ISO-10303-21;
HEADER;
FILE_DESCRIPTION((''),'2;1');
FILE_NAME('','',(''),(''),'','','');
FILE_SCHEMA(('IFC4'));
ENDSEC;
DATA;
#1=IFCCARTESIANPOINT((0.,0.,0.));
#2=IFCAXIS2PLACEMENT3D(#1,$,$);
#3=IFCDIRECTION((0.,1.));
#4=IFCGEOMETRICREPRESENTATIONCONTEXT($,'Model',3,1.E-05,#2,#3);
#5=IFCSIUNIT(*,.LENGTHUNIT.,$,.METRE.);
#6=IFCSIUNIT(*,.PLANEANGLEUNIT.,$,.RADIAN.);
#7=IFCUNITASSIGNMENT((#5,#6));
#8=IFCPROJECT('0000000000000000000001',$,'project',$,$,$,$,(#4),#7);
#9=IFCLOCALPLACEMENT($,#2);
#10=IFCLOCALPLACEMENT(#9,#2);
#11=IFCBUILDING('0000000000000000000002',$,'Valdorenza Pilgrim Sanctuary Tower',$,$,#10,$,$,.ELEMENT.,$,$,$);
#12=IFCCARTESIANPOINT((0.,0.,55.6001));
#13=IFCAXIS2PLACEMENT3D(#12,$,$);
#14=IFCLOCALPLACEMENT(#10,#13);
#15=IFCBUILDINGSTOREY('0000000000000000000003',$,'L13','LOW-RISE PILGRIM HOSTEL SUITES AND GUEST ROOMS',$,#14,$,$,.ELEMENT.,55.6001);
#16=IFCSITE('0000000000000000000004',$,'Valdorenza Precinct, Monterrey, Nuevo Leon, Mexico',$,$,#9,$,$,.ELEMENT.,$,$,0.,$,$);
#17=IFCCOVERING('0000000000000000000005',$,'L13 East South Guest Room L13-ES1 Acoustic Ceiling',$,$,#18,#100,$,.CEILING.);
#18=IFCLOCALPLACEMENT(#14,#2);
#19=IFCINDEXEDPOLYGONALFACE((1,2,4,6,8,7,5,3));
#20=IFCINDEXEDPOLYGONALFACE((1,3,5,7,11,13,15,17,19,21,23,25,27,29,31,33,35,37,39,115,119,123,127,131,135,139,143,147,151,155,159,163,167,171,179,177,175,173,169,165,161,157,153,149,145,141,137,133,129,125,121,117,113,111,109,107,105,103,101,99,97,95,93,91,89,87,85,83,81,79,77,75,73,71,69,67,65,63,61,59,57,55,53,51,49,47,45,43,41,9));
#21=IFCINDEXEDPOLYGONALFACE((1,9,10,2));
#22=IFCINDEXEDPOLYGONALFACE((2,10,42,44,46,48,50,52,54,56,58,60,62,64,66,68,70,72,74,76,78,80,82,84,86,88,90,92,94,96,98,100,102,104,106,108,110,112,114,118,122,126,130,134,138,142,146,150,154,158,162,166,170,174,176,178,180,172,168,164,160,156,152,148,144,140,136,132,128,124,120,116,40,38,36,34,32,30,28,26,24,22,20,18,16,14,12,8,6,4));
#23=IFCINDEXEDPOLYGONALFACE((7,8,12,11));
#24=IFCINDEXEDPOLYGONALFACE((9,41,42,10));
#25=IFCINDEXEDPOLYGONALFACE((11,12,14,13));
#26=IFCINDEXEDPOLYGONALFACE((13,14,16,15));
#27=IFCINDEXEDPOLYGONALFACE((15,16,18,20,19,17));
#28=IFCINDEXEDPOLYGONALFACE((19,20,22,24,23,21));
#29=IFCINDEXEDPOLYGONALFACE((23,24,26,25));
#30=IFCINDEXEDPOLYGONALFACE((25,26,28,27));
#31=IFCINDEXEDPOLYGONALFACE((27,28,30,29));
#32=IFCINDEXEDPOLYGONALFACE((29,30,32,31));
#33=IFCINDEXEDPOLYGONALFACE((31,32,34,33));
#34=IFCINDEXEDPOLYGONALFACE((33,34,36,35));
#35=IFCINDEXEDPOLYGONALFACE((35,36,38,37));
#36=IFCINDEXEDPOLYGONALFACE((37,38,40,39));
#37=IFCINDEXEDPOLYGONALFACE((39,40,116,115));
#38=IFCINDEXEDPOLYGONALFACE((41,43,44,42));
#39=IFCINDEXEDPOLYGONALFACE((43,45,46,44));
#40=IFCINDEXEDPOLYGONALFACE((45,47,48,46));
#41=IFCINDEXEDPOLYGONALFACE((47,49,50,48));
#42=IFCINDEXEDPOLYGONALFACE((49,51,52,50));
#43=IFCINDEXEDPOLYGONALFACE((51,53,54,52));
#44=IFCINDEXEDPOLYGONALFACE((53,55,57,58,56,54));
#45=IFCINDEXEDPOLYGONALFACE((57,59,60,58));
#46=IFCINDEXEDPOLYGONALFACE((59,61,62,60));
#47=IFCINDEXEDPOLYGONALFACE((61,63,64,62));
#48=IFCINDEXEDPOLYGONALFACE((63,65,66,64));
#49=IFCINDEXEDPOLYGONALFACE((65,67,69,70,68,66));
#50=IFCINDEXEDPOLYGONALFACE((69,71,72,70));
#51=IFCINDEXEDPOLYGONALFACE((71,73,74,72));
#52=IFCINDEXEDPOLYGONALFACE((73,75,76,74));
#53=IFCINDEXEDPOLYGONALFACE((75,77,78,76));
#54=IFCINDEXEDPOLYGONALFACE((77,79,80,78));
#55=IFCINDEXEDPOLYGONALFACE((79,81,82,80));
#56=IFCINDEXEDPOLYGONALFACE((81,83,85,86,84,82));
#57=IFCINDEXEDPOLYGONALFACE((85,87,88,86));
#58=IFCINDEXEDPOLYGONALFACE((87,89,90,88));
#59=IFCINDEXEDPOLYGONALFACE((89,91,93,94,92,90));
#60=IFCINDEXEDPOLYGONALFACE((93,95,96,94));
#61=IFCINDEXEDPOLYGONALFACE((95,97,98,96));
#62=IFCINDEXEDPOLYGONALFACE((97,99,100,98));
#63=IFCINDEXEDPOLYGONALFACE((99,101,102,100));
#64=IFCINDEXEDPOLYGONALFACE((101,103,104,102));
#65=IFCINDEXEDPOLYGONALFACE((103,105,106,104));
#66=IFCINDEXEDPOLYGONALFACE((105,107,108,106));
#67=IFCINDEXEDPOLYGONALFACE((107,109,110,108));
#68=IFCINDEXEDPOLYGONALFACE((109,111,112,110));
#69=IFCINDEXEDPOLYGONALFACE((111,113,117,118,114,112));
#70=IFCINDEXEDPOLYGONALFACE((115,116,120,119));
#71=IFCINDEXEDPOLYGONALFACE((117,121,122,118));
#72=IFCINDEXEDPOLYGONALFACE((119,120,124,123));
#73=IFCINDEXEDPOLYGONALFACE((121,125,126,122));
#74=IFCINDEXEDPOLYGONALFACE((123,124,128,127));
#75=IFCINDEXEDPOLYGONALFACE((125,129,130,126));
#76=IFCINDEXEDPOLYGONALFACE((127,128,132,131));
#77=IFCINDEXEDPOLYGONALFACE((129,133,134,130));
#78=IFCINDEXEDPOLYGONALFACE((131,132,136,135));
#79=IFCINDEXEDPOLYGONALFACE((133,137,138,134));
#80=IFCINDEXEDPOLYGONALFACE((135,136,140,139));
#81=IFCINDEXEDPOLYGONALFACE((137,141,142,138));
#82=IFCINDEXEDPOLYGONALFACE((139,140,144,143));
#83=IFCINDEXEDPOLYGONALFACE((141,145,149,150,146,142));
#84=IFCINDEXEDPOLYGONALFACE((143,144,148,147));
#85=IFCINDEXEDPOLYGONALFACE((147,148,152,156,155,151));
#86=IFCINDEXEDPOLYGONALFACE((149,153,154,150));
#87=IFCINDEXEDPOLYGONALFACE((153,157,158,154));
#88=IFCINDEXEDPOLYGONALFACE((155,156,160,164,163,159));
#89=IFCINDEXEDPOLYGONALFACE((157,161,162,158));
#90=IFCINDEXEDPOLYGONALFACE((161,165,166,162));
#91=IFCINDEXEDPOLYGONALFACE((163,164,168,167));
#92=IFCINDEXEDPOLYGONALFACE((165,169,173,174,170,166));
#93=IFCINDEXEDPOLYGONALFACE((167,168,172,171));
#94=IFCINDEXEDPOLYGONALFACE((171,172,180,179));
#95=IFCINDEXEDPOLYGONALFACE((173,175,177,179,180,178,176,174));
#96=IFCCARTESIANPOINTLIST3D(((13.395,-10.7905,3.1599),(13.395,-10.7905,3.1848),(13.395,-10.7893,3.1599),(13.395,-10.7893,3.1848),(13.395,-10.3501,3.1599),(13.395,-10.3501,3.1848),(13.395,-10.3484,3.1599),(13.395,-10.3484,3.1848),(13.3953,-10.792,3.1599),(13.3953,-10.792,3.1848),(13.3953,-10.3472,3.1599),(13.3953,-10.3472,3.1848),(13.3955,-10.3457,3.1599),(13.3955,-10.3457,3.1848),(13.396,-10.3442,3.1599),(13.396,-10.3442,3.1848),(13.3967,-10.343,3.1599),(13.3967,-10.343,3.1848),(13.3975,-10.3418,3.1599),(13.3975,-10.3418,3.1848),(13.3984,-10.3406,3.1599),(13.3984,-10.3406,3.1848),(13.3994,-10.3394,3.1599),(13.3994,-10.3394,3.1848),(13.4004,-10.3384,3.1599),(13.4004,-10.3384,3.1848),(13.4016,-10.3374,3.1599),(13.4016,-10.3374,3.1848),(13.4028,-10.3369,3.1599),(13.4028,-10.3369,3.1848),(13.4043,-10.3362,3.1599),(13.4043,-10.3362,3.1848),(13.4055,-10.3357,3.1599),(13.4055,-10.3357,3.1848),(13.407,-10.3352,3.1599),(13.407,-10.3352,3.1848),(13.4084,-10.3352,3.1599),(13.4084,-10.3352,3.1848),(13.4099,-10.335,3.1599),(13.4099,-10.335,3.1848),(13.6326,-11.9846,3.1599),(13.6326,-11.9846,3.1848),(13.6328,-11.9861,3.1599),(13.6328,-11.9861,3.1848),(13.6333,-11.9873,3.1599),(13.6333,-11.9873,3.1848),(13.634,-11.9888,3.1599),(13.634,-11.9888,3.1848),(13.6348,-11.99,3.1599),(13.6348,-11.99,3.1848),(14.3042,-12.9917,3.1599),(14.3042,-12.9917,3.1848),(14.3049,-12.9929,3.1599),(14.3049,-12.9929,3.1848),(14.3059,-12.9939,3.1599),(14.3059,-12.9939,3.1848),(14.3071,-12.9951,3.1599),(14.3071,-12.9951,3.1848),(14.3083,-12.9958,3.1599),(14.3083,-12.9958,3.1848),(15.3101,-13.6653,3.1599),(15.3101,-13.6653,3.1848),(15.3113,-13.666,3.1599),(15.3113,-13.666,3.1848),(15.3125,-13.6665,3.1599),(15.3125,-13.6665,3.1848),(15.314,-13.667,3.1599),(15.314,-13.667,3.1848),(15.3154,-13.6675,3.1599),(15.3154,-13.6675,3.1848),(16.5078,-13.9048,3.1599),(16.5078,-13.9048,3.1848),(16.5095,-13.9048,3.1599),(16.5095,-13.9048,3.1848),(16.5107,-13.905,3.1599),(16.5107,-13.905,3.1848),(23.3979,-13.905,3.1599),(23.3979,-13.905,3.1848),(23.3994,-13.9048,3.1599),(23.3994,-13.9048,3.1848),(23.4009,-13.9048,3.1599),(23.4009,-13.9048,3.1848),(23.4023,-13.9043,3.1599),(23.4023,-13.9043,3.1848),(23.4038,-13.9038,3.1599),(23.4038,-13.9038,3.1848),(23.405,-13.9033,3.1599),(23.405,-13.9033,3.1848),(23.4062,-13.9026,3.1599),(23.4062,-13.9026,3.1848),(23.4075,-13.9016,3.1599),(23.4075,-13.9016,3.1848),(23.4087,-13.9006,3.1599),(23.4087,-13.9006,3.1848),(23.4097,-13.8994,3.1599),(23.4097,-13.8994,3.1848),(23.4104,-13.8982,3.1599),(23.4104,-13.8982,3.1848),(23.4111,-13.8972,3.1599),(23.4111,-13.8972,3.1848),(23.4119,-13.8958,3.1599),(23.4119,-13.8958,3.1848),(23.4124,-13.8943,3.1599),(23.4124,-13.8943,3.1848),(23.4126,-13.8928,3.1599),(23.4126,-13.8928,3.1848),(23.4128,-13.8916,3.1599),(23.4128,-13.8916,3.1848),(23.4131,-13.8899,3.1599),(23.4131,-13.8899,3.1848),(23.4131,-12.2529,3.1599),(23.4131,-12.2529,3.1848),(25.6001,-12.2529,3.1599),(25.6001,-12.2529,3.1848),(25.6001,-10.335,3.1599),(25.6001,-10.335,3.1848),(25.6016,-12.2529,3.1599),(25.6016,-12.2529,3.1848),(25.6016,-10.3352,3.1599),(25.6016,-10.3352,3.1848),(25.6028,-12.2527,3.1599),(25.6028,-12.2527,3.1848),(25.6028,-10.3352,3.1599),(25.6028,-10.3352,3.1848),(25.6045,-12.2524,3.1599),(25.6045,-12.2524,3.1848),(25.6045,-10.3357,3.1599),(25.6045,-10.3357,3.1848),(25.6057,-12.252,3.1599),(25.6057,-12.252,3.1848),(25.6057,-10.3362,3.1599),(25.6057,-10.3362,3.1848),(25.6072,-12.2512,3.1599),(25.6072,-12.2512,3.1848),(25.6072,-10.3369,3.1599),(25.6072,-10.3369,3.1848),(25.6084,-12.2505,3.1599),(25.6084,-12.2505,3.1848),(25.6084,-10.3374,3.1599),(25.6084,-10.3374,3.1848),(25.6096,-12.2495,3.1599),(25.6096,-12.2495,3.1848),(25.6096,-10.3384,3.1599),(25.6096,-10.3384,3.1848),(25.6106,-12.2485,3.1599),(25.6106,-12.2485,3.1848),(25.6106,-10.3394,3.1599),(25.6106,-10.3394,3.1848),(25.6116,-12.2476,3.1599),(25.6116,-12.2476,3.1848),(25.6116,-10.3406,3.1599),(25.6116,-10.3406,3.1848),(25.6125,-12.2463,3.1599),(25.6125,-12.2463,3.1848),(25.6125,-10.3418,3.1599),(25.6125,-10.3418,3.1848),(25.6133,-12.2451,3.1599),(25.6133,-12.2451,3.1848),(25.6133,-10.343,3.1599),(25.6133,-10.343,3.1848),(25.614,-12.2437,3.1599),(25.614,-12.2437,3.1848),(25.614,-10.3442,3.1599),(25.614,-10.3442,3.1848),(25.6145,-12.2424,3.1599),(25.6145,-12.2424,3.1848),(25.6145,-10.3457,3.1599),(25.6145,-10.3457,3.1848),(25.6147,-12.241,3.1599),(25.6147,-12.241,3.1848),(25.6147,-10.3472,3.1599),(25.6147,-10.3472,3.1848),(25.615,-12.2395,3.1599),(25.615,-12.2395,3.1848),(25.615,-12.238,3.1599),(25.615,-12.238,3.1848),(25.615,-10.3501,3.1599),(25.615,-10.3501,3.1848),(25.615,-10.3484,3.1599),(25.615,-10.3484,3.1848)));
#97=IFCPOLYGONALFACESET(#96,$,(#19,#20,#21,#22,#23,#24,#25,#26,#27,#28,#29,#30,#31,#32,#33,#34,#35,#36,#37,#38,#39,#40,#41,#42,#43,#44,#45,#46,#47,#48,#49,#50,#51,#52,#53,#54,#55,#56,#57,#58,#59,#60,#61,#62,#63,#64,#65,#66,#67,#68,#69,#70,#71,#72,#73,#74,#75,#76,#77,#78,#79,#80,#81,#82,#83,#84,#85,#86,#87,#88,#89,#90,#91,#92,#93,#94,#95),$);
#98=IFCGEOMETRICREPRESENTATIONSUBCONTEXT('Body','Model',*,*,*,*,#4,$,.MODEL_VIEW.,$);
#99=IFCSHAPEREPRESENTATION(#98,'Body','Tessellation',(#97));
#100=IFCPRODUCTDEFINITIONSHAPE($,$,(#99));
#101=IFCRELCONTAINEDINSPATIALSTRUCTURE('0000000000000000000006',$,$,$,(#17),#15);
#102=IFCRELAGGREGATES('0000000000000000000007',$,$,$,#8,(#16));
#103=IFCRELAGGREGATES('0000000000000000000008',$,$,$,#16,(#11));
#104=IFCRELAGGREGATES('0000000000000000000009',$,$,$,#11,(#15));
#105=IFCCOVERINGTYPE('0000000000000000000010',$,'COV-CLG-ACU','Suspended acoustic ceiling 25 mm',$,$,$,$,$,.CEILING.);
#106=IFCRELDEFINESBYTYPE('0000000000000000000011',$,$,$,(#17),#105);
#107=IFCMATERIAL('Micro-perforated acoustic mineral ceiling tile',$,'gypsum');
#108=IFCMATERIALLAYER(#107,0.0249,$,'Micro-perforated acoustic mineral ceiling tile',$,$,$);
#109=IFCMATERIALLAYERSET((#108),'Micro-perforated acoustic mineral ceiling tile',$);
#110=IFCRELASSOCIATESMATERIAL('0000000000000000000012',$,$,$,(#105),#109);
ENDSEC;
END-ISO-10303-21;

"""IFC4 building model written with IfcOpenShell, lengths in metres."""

from ifc_helpers import new_model, si_unit, direction, frame, origin, place, context, subcontext, project, spatial, polyline, outline, extrude, material, layer, layer_set, type_object, element, save


model = new_model("IFC4")

# Units and contexts
model_context = context("Model", 3, precision=1e-05, world=origin(), true_north=direction((0.0, 1.0)))
body_context = subcontext(model_context, "Body", "Model", "MODEL_VIEW")
ifc_project = project(units=[si_unit("LENGTHUNIT", "METRE"), si_unit("PLANEANGLEUNIT", "RADIAN")], contexts=[model_context])

# Site, building, storey
site_placement = place(None, origin())
site = spatial("IfcSite", under=ifc_project, at=site_placement, Name="Valdorenza Precinct, Monterrey, Nuevo Leon, Mexico", CompositionType="ELEMENT", RefElevation=0.0)
building_placement = place(site_placement, origin())
building = spatial("IfcBuilding", under=site, at=building_placement, Name="Valdorenza Pilgrim Sanctuary Tower", CompositionType="ELEMENT")
storey_placement = place(building_placement, frame((0.0, 0.0, 55.6001)))
storey = spatial("IfcBuildingStorey", under=building, at=storey_placement, Name="L13", Description="LOW-RISE PILGRIM HOSTEL SUITES AND GUEST ROOMS", CompositionType="ELEMENT", Elevation=55.6001)

# Covering
ifc_material_1 = material(Name="Micro-perforated acoustic mineral ceiling tile", Category="gypsum")
ifc_layer_1 = layer(ifc_material_1, 0.0249, Name="Micro-perforated acoustic mineral ceiling tile")
ifc_layer_set_1 = layer_set([ifc_layer_1], Name="Micro-perforated acoustic mineral ceiling tile")
covering_type_1 = type_object("IfcCoveringType", Name="COV-CLG-ACU", Description="Suspended acoustic ceiling 25 mm", PredefinedType="CEILING", material=ifc_layer_set_1)
covering_1_placement = place(storey_placement, frame((0.0, 0.0, 3.1599)))
element("IfcCovering", 1, at=covering_1_placement, inside=storey, type_object=covering_type_1, Name="L13 East South Guest Room L13-ES1 Acoustic Ceiling", PredefinedType="CEILING", context=body_context, shape_type="SweptSolid", body=[
    extrude(outline(polyline([(23.4131, -12.2529), (23.4131, -13.8899), (23.4128, -13.8916), (23.4126, -13.8928), (23.4124, -13.8943), (23.4119, -13.8958), (23.4111, -13.8972), (23.4104, -13.8982), (23.4097, -13.8994), (23.4087, -13.9006), (23.4075, -13.9016), (23.4062, -13.9026), (23.405, -13.9033), (23.4038, -13.9038), (23.4023, -13.9043), (23.4009, -13.9048), (23.3994, -13.9048), (23.3979, -13.905), (16.5107, -13.905), (16.5095, -13.9048), (16.5078, -13.9048), (15.3154, -13.6675), (15.314, -13.667), (15.3125, -13.6665), (15.3113, -13.666), (15.3101, -13.6653), (14.3083, -12.9958), (14.3071, -12.9951), (14.3059, -12.9939), (14.3049, -12.9929), (14.3042, -12.9917), (13.6348, -11.99), (13.634, -11.9888), (13.6333, -11.9873), (13.6328, -11.9861), (13.6326, -11.9846), (13.3953, -10.792), (13.395, -10.7905), (13.395, -10.7893), (13.395, -10.3501), (13.395, -10.3484), (13.3953, -10.3472), (13.3955, -10.3457), (13.396, -10.3442), (13.3967, -10.343), (13.3975, -10.3418), (13.3984, -10.3406), (13.3994, -10.3394), (13.4004, -10.3384), (13.4016, -10.3374), (13.4028, -10.3369), (13.4043, -10.3362), (13.4055, -10.3357), (13.407, -10.3352), (13.4084, -10.3352), (13.4099, -10.335), (25.6001, -10.335), (25.6016, -10.3352), (25.6028, -10.3352), (25.6045, -10.3357), (25.6057, -10.3362), (25.6072, -10.3369), (25.6084, -10.3374), (25.6096, -10.3384), (25.6106, -10.3394), (25.6116, -10.3406), (25.6125, -10.3418), (25.6133, -10.343), (25.614, -10.3442), (25.6145, -10.3457), (25.6147, -10.3472), (25.615, -10.3484), (25.615, -10.3501), (25.615, -12.238), (25.615, -12.2395), (25.6147, -12.241), (25.6145, -12.2424), (25.614, -12.2437), (25.6133, -12.2451), (25.6125, -12.2463), (25.6116, -12.2476), (25.6106, -12.2485), (25.6096, -12.2495), (25.6084, -12.2505), (25.6072, -12.2512), (25.6057, -12.252), (25.6045, -12.2524), (25.6028, -12.2527), (25.6016, -12.2529), (25.6001, -12.2529), (23.4131, -12.2529)])), origin(), (0.0, 0.0, 1.0), 0.0249),
])

save(model, "model.ifc")
